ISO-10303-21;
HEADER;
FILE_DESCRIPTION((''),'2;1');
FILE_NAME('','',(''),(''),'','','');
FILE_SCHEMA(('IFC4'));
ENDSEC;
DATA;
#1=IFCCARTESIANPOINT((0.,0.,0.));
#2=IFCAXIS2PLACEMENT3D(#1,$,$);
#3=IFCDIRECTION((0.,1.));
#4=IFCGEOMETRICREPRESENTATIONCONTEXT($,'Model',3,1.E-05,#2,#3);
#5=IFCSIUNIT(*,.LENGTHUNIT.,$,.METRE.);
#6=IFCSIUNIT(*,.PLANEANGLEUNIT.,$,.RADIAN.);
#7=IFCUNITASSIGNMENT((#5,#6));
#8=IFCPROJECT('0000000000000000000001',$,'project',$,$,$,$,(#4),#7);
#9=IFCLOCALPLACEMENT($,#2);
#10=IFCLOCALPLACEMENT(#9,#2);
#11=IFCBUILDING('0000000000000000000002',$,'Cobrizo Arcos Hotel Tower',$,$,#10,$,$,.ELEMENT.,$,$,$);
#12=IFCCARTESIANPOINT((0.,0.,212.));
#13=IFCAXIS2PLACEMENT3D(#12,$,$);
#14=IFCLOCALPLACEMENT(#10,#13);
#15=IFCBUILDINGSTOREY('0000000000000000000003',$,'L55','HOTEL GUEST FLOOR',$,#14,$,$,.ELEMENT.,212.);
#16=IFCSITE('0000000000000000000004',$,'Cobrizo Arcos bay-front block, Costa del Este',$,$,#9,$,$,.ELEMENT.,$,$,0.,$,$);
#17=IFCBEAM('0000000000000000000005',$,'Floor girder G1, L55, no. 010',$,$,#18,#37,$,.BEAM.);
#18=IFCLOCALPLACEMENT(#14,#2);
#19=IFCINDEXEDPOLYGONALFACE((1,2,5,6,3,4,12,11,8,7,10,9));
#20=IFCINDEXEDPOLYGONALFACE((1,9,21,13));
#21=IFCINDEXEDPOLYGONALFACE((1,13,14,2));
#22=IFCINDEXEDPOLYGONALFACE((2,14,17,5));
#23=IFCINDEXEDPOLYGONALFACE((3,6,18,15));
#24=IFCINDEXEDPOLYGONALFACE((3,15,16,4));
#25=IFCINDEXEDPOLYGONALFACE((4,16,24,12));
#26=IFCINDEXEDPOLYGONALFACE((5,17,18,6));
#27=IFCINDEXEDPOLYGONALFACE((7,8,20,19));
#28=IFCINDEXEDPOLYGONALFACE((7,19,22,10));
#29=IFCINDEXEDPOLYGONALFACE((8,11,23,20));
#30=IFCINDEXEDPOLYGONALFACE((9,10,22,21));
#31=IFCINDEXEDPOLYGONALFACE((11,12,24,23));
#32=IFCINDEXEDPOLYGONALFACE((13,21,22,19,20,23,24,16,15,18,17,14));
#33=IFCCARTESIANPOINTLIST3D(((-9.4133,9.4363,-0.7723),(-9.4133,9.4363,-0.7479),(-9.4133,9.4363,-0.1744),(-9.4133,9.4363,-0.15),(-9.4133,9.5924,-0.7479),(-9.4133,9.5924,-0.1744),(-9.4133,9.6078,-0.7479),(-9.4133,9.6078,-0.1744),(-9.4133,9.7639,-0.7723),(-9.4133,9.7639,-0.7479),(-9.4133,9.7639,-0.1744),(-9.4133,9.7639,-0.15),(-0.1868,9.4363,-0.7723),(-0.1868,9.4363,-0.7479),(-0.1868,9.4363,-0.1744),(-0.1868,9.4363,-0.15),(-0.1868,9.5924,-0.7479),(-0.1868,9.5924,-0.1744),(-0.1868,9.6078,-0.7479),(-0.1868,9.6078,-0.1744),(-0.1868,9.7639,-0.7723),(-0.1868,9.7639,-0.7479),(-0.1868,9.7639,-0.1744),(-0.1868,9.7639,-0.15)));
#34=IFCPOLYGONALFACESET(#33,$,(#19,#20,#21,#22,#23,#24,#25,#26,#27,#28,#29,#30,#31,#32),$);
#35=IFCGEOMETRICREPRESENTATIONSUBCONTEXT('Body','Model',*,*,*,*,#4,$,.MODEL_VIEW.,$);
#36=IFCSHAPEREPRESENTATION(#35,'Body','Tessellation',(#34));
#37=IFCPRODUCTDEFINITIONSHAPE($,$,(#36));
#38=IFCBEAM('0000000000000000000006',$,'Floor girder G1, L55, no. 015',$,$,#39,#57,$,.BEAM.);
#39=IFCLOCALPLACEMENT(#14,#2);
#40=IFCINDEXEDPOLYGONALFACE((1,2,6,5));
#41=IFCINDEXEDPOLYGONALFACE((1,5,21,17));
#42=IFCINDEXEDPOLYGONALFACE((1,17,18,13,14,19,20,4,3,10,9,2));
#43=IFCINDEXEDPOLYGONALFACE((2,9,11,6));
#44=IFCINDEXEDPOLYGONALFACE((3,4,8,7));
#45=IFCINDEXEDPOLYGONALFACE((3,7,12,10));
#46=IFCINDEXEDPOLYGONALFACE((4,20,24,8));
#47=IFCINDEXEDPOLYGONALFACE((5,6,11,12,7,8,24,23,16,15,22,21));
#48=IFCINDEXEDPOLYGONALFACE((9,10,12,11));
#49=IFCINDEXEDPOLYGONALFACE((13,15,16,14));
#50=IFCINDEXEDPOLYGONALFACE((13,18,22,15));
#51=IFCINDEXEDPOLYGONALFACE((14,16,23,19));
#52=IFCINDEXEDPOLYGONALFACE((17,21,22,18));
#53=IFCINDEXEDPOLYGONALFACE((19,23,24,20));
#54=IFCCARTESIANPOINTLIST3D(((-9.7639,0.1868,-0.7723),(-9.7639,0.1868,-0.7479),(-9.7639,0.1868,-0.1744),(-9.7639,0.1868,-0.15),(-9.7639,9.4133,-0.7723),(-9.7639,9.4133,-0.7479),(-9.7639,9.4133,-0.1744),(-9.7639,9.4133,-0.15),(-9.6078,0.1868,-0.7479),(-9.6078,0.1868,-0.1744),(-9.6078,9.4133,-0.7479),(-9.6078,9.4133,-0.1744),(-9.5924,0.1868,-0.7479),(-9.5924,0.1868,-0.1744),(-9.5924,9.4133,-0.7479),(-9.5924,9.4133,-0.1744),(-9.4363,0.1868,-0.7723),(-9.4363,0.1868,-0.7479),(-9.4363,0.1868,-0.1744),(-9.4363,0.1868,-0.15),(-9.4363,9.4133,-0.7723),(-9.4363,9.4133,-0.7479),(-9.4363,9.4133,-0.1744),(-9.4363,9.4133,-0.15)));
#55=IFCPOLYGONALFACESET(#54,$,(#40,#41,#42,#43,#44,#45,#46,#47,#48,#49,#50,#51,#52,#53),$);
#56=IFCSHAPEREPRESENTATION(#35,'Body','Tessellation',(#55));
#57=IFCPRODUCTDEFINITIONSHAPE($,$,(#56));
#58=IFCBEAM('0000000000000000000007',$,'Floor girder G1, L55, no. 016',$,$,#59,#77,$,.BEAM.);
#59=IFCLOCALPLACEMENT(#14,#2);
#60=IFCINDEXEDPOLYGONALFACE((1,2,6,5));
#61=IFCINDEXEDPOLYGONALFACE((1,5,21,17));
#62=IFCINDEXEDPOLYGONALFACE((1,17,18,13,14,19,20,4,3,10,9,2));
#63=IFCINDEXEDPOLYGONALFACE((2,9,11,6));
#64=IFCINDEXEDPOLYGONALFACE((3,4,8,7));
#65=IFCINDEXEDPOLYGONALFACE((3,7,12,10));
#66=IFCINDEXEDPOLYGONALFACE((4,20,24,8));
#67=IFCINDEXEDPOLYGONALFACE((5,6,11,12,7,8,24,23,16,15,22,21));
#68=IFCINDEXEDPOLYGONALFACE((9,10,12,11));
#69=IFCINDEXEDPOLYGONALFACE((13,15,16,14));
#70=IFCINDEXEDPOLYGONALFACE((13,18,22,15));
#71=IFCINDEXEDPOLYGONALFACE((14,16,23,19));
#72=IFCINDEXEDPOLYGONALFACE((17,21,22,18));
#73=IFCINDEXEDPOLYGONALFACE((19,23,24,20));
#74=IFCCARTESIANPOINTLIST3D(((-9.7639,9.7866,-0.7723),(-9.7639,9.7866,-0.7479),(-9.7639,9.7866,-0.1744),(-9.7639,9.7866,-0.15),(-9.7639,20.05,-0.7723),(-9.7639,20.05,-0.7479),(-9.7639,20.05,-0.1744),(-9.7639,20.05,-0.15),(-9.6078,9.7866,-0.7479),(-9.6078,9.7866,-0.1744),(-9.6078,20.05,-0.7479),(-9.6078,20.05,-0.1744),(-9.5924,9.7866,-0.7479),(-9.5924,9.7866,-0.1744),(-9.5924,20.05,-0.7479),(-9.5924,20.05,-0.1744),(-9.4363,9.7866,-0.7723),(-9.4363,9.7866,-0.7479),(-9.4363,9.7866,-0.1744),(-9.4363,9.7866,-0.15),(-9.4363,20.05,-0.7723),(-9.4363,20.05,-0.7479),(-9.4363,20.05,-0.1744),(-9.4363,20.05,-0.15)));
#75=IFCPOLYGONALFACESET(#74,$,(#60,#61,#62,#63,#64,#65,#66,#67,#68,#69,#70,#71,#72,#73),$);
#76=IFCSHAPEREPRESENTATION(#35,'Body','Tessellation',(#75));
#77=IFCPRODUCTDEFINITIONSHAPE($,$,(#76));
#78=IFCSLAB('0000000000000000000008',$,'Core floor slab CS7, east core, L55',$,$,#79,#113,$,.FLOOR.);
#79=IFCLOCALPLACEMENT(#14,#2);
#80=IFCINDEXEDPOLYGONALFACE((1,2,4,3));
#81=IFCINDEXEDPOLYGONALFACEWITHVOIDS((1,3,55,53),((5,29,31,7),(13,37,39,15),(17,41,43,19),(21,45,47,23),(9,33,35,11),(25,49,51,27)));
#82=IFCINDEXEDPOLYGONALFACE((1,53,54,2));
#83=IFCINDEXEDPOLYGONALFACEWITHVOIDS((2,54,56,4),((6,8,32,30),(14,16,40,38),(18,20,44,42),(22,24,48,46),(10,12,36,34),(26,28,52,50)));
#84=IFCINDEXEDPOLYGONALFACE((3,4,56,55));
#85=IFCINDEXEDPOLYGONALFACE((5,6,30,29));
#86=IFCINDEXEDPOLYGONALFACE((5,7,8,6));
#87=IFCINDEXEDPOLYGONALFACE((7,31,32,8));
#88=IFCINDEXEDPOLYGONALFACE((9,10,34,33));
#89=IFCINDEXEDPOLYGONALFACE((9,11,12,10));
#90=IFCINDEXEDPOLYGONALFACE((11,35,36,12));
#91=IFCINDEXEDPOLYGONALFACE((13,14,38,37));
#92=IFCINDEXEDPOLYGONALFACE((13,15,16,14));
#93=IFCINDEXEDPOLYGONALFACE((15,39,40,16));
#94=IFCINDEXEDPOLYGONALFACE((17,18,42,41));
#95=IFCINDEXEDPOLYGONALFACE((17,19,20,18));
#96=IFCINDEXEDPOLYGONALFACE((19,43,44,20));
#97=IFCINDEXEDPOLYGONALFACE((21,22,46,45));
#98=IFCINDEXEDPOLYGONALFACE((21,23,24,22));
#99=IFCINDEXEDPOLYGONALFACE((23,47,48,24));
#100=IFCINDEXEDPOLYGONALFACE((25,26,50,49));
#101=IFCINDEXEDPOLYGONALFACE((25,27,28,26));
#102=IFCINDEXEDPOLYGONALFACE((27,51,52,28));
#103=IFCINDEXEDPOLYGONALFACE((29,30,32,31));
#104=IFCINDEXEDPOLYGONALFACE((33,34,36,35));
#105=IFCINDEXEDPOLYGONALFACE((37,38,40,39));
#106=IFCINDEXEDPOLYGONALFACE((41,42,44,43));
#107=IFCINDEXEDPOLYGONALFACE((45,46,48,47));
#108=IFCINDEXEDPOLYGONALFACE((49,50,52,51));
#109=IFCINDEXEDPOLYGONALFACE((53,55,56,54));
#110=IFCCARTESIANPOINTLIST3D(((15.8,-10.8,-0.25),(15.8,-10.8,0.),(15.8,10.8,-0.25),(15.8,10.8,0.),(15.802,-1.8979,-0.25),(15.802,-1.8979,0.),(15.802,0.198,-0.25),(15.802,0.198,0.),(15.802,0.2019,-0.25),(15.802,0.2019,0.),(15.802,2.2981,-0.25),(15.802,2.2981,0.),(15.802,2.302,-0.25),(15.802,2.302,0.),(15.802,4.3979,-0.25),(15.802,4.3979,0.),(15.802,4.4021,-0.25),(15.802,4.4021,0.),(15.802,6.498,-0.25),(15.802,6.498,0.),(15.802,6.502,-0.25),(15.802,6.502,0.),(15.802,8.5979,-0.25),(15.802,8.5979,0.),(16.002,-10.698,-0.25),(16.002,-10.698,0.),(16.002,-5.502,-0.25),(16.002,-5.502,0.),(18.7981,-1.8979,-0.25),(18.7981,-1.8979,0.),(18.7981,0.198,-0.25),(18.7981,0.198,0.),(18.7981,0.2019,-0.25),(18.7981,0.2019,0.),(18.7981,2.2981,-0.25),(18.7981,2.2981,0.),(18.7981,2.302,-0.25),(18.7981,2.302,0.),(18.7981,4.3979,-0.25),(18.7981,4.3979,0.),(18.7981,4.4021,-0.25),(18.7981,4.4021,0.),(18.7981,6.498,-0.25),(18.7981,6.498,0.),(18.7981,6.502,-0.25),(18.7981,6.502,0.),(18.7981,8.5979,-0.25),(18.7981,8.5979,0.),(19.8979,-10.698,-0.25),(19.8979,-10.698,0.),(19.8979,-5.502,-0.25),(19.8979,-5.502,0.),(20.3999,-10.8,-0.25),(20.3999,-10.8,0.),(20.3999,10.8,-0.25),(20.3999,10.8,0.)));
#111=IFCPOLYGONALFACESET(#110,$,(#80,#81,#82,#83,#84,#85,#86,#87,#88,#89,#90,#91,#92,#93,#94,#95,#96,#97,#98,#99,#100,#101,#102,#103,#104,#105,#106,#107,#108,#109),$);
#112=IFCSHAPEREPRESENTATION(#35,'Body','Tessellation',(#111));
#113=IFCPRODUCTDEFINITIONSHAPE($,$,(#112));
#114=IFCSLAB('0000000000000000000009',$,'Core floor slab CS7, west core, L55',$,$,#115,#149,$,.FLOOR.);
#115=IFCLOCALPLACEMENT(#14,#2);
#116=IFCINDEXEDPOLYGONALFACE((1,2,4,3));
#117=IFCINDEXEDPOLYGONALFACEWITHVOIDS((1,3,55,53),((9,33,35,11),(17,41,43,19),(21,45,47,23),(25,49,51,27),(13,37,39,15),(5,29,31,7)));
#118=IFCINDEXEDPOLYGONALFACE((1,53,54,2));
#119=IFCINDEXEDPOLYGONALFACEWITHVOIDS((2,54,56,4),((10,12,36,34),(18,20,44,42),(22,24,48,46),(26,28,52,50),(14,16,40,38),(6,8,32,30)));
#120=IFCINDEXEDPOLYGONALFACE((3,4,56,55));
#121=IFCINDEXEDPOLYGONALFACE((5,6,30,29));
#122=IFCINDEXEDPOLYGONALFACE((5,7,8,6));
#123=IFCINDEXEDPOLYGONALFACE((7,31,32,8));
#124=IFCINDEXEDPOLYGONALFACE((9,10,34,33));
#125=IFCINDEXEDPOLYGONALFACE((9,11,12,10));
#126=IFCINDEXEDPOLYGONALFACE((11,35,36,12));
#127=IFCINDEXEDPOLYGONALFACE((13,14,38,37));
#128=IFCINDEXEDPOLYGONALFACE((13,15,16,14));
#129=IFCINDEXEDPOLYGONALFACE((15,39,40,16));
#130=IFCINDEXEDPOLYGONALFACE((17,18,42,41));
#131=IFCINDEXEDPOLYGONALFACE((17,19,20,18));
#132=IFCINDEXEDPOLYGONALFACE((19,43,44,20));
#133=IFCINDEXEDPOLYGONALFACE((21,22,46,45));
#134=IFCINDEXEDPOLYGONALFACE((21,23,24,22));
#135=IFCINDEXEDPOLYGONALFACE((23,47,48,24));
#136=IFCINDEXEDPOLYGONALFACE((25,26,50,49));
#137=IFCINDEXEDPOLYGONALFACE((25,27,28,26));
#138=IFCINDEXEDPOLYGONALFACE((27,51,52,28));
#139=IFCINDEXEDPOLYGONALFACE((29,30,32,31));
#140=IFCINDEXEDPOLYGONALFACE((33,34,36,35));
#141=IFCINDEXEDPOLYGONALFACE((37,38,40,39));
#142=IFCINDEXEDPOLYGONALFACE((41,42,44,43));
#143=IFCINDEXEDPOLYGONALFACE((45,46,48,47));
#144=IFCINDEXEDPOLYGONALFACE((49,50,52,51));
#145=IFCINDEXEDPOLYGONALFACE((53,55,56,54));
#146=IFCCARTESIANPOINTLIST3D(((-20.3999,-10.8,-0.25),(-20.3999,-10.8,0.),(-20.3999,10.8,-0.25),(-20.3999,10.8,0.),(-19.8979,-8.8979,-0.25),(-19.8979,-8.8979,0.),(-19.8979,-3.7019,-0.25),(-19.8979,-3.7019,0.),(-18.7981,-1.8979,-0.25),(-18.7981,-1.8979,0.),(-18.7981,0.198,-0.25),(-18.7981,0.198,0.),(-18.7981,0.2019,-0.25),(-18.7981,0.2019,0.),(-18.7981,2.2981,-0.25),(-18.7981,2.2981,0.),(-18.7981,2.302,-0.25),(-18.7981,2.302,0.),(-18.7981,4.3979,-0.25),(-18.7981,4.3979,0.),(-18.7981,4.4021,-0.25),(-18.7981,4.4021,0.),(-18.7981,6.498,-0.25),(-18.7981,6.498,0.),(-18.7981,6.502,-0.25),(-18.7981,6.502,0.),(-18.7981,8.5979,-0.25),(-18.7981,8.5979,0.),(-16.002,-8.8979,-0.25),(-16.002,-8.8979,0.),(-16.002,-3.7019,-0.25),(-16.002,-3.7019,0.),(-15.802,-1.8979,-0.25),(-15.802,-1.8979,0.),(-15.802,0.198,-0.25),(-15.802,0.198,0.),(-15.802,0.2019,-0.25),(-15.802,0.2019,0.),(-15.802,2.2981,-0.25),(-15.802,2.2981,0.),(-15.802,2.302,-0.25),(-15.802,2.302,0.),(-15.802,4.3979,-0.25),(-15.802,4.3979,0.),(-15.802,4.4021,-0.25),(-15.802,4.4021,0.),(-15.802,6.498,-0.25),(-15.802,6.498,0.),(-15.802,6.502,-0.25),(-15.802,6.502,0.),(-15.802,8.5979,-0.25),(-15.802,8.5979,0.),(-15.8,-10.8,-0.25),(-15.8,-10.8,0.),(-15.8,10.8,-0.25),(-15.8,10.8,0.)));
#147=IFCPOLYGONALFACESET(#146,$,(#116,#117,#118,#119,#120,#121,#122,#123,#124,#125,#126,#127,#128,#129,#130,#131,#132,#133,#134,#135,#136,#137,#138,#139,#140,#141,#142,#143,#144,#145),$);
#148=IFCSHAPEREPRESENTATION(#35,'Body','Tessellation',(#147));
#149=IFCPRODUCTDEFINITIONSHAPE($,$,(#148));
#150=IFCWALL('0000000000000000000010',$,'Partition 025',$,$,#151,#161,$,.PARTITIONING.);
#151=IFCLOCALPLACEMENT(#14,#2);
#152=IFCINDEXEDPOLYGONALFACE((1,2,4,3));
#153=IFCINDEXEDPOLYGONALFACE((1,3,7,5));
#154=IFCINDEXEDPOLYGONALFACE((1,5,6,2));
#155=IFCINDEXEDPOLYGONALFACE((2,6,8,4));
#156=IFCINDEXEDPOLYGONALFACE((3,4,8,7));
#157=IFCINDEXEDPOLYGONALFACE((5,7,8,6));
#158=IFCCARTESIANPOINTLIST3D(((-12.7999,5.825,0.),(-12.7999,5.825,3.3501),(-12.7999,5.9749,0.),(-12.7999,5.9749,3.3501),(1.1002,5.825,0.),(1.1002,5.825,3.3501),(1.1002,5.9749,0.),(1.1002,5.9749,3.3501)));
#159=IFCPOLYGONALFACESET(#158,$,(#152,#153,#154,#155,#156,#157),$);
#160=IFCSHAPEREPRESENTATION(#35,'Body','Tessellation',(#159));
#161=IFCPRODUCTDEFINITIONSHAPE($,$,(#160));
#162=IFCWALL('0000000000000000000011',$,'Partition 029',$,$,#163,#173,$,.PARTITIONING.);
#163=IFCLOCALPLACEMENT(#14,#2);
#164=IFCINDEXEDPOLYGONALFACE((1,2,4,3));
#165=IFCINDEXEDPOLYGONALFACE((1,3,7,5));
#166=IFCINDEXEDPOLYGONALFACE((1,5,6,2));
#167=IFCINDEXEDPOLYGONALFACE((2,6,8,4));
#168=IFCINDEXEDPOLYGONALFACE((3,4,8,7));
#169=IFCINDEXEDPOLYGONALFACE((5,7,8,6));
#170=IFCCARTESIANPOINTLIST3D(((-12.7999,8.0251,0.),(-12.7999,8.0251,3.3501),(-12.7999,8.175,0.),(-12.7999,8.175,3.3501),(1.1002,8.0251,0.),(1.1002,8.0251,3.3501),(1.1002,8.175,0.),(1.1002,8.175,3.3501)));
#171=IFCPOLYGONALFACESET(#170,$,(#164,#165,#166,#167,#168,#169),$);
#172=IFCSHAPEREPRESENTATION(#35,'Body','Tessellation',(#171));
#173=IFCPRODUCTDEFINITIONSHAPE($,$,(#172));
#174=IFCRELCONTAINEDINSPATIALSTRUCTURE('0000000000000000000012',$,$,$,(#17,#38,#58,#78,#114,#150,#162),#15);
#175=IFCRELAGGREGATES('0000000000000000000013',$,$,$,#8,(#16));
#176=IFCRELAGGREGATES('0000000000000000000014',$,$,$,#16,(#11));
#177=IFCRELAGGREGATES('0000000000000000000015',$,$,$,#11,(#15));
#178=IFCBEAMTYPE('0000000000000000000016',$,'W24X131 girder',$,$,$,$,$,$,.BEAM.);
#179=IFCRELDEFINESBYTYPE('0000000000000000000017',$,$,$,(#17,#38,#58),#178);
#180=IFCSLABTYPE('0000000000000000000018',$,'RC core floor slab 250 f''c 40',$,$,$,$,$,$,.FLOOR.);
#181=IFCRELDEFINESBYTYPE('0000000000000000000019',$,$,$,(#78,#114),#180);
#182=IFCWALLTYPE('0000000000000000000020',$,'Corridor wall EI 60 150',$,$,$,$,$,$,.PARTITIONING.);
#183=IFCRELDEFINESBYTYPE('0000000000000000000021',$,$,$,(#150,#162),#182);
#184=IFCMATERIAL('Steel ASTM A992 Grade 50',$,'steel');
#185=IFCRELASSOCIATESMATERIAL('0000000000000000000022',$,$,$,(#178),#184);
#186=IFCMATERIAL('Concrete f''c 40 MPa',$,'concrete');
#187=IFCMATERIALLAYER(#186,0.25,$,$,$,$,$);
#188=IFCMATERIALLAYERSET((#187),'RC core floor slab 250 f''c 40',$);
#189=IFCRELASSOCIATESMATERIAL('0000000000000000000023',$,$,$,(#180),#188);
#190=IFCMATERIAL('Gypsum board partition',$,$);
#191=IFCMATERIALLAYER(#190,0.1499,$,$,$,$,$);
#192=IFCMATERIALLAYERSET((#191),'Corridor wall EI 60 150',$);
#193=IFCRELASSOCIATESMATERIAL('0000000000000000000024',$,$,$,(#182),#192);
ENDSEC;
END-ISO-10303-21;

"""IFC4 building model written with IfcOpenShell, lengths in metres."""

from ifc_helpers import new_model, si_unit, direction, frame, frame_2d, origin, origin_2d, place, context, subcontext, project, spatial, polyline, rectangle, i_section, outline, extrude, material, layer, layer_set, material_profile, profile_set, type_object, element, save


model = new_model("IFC4")

# Units and contexts
model_context = context("Model", 3, precision=1e-05, world=origin(), true_north=direction((0.0, 1.0)))
body_context = subcontext(model_context, "Body", "Model", "MODEL_VIEW")
ifc_project = project(units=[si_unit("LENGTHUNIT", "METRE"), si_unit("PLANEANGLEUNIT", "RADIAN")], contexts=[model_context])

# Site, building, storey
site_placement = place(None, origin())
site = spatial("IfcSite", under=ifc_project, at=site_placement, Name="Cobrizo Arcos bay-front block, Costa del Este", CompositionType="ELEMENT", RefElevation=0.0)
building_placement = place(site_placement, origin())
building = spatial("IfcBuilding", under=site, at=building_placement, Name="Cobrizo Arcos Hotel Tower", CompositionType="ELEMENT")
storey_placement = place(building_placement, frame((0.0, 0.0, 212.0)))
storey = spatial("IfcBuildingStorey", under=building, at=storey_placement, Name="L55", Description="HOTEL GUEST FLOOR", CompositionType="ELEMENT", Elevation=212.0)

# Shared definitions
ifc_material_1 = material(Name="Steel ASTM A992 Grade 50", Category="steel")

# Beams
ifc_material_profile_1 = material_profile(ifc_material_1, i_section(OverallWidth=0.3276, OverallDepth=0.6223, WebThickness=0.0154, FlangeThickness=0.0244, at=origin_2d()), Name="W24X131")
ifc_profile_set_1 = profile_set([ifc_material_profile_1], Name="Steel ASTM A992 Grade 50")
beam_type_1 = type_object("IfcBeamType", Name="W24X131 girder", PredefinedType="BEAM", material=ifc_profile_set_1)
for number, where, z_axis, x_axis, name in (
    (1, (-9.4133, 9.6001, -0.4612), (1.0, 0.0, 0.0), (0.0, 1.0, 0.0), "Floor girder G1, L55, no. 010"),
    (2, (-9.6001, 0.1868, -0.4612), (0.0, 1.0, 0.0), (-1.0, 0.0, 0.0), "Floor girder G1, L55, no. 015"),
):
    element("IfcBeam", number, at=place(storey_placement, frame(where, z_axis=z_axis, x_axis=x_axis)), inside=storey, type_object=beam_type_1, Name=name, PredefinedType="BEAM", context=body_context, shape_type="SweptSolid", body=[
        extrude(i_section(OverallWidth=0.3276, OverallDepth=0.6223, WebThickness=0.0154, FlangeThickness=0.0244, at=origin_2d()), origin(), (0.0, 0.0, 1.0), 9.2266),
    ])
beam_1_placement = place(storey_placement, frame((-9.6001, 9.7866, -0.4612), z_axis=(0.0, 1.0, 0.0), x_axis=(-1.0, 0.0, 0.0)))
element("IfcBeam", 3, at=beam_1_placement, inside=storey, type_object=beam_type_1, Name="Floor girder G1, L55, no. 016", PredefinedType="BEAM", context=body_context, shape_type="SweptSolid", body=[
    extrude(i_section(OverallWidth=0.3276, OverallDepth=0.6223, WebThickness=0.0154, FlangeThickness=0.0244, at=origin_2d()), origin(), (0.0, 0.0, 1.0), 10.2634),
])

# Slabs
ifc_material_2 = material(Name="Concrete f'c 40 MPa", Category="concrete")
ifc_layer_1 = layer(ifc_material_2, 0.25)
ifc_layer_set_1 = layer_set([ifc_layer_1], Name="RC core floor slab 250 f'c 40")
slab_type_1 = type_object("IfcSlabType", Name="RC core floor slab 250 f'c 40", PredefinedType="FLOOR", material=ifc_layer_set_1)
slab_1_placement = place(storey_placement, frame((0.0, 0.0, -0.25)))
element("IfcSlab", 4, at=slab_1_placement, inside=storey, type_object=slab_type_1, Name="Core floor slab CS7, east core, L55", PredefinedType="FLOOR", context=body_context, shape_type="SweptSolid", body=[
    extrude(outline(polyline([(15.8, 10.8), (20.3999, 10.8), (20.3999, -10.8), (15.8, -10.8), (15.8, 10.8)]), holes=[polyline([(19.8979, -10.698), (19.8979, -5.502), (16.002, -5.502), (16.002, -10.698), (19.8979, -10.698)]), polyline([(15.802, 0.198), (15.802, -1.8979), (18.7981, -1.8979), (18.7981, 0.198), (15.802, 0.198)]), polyline([(15.802, 2.2981), (15.802, 0.2019), (18.7981, 0.2019), (18.7981, 2.2981), (15.802, 2.2981)]), polyline([(15.802, 4.3979), (15.802, 2.302), (18.7981, 2.302), (18.7981, 4.3979), (15.802, 4.3979)]), polyline([(18.7981, 6.498), (15.802, 6.498), (15.802, 4.4021), (18.7981, 4.4021), (18.7981, 6.498)]), polyline([(18.7981, 8.5979), (15.802, 8.5979), (15.802, 6.502), (18.7981, 6.502), (18.7981, 8.5979)])]), origin(), (0.0, 0.0, 1.0), 0.25),
])
slab_2_placement = place(storey_placement, frame((0.0, 0.0, -0.25)))
element("IfcSlab", 5, at=slab_2_placement, inside=storey, type_object=slab_type_1, Name="Core floor slab CS7, west core, L55", PredefinedType="FLOOR", context=body_context, shape_type="SweptSolid", body=[
    extrude(outline(polyline([(-20.3999, 10.8), (-15.8, 10.8), (-15.8, -10.8), (-20.3999, -10.8), (-20.3999, 10.8)]), holes=[polyline([(-19.8979, -3.7019), (-19.8979, -8.8979), (-16.002, -8.8979), (-16.002, -3.7019), (-19.8979, -3.7019)]), polyline([(-18.7981, 0.198), (-18.7981, -1.8979), (-15.802, -1.8979), (-15.802, 0.198), (-18.7981, 0.198)]), polyline([(-18.7981, 2.2981), (-18.7981, 0.2019), (-15.802, 0.2019), (-15.802, 2.2981), (-18.7981, 2.2981)]), polyline([(-18.7981, 4.3979), (-18.7981, 2.302), (-15.802, 2.302), (-15.802, 4.3979), (-18.7981, 4.3979)]), polyline([(-15.802, 6.498), (-18.7981, 6.498), (-18.7981, 4.4021), (-15.802, 4.4021), (-15.802, 6.498)]), polyline([(-15.802, 8.5979), (-18.7981, 8.5979), (-18.7981, 6.502), (-15.802, 6.502), (-15.802, 8.5979)])]), origin(), (0.0, 0.0, 1.0), 0.25),
])

# Walls
ifc_material_3 = material(Name="Gypsum board partition")
ifc_layer_2 = layer(ifc_material_3, 0.1499)
ifc_layer_set_2 = layer_set([ifc_layer_2], Name="Corridor wall EI 60 150")
wall_type_1 = type_object("IfcWallType", Name="Corridor wall EI 60 150", PredefinedType="PARTITIONING", material=ifc_layer_set_2)
for number, where, z_axis, x_axis, name in (
    (6, (-12.8, 5.8999, 0.0), (0.0, 0.0, 1.0), (1.0, 0.0, 0.0), "Partition 025"),
    (7, (-12.8, 8.1001, 0.0), (0.0, 0.0, 1.0), (1.0, 0.0, 0.0), "Partition 029"),
):
    element("IfcWall", number, at=place(storey_placement, frame(where, z_axis=z_axis, x_axis=x_axis)), inside=storey, type_object=wall_type_1, Name=name, PredefinedType="PARTITIONING", context=body_context, shape_type="SweptSolid", body=[
        extrude(rectangle(XDim=13.9001, YDim=0.1499, at=frame_2d((6.9502, 0.0))), origin(), (0.0, 0.0, 1.0), 3.3501),
    ])

save(model, "model.ifc")
